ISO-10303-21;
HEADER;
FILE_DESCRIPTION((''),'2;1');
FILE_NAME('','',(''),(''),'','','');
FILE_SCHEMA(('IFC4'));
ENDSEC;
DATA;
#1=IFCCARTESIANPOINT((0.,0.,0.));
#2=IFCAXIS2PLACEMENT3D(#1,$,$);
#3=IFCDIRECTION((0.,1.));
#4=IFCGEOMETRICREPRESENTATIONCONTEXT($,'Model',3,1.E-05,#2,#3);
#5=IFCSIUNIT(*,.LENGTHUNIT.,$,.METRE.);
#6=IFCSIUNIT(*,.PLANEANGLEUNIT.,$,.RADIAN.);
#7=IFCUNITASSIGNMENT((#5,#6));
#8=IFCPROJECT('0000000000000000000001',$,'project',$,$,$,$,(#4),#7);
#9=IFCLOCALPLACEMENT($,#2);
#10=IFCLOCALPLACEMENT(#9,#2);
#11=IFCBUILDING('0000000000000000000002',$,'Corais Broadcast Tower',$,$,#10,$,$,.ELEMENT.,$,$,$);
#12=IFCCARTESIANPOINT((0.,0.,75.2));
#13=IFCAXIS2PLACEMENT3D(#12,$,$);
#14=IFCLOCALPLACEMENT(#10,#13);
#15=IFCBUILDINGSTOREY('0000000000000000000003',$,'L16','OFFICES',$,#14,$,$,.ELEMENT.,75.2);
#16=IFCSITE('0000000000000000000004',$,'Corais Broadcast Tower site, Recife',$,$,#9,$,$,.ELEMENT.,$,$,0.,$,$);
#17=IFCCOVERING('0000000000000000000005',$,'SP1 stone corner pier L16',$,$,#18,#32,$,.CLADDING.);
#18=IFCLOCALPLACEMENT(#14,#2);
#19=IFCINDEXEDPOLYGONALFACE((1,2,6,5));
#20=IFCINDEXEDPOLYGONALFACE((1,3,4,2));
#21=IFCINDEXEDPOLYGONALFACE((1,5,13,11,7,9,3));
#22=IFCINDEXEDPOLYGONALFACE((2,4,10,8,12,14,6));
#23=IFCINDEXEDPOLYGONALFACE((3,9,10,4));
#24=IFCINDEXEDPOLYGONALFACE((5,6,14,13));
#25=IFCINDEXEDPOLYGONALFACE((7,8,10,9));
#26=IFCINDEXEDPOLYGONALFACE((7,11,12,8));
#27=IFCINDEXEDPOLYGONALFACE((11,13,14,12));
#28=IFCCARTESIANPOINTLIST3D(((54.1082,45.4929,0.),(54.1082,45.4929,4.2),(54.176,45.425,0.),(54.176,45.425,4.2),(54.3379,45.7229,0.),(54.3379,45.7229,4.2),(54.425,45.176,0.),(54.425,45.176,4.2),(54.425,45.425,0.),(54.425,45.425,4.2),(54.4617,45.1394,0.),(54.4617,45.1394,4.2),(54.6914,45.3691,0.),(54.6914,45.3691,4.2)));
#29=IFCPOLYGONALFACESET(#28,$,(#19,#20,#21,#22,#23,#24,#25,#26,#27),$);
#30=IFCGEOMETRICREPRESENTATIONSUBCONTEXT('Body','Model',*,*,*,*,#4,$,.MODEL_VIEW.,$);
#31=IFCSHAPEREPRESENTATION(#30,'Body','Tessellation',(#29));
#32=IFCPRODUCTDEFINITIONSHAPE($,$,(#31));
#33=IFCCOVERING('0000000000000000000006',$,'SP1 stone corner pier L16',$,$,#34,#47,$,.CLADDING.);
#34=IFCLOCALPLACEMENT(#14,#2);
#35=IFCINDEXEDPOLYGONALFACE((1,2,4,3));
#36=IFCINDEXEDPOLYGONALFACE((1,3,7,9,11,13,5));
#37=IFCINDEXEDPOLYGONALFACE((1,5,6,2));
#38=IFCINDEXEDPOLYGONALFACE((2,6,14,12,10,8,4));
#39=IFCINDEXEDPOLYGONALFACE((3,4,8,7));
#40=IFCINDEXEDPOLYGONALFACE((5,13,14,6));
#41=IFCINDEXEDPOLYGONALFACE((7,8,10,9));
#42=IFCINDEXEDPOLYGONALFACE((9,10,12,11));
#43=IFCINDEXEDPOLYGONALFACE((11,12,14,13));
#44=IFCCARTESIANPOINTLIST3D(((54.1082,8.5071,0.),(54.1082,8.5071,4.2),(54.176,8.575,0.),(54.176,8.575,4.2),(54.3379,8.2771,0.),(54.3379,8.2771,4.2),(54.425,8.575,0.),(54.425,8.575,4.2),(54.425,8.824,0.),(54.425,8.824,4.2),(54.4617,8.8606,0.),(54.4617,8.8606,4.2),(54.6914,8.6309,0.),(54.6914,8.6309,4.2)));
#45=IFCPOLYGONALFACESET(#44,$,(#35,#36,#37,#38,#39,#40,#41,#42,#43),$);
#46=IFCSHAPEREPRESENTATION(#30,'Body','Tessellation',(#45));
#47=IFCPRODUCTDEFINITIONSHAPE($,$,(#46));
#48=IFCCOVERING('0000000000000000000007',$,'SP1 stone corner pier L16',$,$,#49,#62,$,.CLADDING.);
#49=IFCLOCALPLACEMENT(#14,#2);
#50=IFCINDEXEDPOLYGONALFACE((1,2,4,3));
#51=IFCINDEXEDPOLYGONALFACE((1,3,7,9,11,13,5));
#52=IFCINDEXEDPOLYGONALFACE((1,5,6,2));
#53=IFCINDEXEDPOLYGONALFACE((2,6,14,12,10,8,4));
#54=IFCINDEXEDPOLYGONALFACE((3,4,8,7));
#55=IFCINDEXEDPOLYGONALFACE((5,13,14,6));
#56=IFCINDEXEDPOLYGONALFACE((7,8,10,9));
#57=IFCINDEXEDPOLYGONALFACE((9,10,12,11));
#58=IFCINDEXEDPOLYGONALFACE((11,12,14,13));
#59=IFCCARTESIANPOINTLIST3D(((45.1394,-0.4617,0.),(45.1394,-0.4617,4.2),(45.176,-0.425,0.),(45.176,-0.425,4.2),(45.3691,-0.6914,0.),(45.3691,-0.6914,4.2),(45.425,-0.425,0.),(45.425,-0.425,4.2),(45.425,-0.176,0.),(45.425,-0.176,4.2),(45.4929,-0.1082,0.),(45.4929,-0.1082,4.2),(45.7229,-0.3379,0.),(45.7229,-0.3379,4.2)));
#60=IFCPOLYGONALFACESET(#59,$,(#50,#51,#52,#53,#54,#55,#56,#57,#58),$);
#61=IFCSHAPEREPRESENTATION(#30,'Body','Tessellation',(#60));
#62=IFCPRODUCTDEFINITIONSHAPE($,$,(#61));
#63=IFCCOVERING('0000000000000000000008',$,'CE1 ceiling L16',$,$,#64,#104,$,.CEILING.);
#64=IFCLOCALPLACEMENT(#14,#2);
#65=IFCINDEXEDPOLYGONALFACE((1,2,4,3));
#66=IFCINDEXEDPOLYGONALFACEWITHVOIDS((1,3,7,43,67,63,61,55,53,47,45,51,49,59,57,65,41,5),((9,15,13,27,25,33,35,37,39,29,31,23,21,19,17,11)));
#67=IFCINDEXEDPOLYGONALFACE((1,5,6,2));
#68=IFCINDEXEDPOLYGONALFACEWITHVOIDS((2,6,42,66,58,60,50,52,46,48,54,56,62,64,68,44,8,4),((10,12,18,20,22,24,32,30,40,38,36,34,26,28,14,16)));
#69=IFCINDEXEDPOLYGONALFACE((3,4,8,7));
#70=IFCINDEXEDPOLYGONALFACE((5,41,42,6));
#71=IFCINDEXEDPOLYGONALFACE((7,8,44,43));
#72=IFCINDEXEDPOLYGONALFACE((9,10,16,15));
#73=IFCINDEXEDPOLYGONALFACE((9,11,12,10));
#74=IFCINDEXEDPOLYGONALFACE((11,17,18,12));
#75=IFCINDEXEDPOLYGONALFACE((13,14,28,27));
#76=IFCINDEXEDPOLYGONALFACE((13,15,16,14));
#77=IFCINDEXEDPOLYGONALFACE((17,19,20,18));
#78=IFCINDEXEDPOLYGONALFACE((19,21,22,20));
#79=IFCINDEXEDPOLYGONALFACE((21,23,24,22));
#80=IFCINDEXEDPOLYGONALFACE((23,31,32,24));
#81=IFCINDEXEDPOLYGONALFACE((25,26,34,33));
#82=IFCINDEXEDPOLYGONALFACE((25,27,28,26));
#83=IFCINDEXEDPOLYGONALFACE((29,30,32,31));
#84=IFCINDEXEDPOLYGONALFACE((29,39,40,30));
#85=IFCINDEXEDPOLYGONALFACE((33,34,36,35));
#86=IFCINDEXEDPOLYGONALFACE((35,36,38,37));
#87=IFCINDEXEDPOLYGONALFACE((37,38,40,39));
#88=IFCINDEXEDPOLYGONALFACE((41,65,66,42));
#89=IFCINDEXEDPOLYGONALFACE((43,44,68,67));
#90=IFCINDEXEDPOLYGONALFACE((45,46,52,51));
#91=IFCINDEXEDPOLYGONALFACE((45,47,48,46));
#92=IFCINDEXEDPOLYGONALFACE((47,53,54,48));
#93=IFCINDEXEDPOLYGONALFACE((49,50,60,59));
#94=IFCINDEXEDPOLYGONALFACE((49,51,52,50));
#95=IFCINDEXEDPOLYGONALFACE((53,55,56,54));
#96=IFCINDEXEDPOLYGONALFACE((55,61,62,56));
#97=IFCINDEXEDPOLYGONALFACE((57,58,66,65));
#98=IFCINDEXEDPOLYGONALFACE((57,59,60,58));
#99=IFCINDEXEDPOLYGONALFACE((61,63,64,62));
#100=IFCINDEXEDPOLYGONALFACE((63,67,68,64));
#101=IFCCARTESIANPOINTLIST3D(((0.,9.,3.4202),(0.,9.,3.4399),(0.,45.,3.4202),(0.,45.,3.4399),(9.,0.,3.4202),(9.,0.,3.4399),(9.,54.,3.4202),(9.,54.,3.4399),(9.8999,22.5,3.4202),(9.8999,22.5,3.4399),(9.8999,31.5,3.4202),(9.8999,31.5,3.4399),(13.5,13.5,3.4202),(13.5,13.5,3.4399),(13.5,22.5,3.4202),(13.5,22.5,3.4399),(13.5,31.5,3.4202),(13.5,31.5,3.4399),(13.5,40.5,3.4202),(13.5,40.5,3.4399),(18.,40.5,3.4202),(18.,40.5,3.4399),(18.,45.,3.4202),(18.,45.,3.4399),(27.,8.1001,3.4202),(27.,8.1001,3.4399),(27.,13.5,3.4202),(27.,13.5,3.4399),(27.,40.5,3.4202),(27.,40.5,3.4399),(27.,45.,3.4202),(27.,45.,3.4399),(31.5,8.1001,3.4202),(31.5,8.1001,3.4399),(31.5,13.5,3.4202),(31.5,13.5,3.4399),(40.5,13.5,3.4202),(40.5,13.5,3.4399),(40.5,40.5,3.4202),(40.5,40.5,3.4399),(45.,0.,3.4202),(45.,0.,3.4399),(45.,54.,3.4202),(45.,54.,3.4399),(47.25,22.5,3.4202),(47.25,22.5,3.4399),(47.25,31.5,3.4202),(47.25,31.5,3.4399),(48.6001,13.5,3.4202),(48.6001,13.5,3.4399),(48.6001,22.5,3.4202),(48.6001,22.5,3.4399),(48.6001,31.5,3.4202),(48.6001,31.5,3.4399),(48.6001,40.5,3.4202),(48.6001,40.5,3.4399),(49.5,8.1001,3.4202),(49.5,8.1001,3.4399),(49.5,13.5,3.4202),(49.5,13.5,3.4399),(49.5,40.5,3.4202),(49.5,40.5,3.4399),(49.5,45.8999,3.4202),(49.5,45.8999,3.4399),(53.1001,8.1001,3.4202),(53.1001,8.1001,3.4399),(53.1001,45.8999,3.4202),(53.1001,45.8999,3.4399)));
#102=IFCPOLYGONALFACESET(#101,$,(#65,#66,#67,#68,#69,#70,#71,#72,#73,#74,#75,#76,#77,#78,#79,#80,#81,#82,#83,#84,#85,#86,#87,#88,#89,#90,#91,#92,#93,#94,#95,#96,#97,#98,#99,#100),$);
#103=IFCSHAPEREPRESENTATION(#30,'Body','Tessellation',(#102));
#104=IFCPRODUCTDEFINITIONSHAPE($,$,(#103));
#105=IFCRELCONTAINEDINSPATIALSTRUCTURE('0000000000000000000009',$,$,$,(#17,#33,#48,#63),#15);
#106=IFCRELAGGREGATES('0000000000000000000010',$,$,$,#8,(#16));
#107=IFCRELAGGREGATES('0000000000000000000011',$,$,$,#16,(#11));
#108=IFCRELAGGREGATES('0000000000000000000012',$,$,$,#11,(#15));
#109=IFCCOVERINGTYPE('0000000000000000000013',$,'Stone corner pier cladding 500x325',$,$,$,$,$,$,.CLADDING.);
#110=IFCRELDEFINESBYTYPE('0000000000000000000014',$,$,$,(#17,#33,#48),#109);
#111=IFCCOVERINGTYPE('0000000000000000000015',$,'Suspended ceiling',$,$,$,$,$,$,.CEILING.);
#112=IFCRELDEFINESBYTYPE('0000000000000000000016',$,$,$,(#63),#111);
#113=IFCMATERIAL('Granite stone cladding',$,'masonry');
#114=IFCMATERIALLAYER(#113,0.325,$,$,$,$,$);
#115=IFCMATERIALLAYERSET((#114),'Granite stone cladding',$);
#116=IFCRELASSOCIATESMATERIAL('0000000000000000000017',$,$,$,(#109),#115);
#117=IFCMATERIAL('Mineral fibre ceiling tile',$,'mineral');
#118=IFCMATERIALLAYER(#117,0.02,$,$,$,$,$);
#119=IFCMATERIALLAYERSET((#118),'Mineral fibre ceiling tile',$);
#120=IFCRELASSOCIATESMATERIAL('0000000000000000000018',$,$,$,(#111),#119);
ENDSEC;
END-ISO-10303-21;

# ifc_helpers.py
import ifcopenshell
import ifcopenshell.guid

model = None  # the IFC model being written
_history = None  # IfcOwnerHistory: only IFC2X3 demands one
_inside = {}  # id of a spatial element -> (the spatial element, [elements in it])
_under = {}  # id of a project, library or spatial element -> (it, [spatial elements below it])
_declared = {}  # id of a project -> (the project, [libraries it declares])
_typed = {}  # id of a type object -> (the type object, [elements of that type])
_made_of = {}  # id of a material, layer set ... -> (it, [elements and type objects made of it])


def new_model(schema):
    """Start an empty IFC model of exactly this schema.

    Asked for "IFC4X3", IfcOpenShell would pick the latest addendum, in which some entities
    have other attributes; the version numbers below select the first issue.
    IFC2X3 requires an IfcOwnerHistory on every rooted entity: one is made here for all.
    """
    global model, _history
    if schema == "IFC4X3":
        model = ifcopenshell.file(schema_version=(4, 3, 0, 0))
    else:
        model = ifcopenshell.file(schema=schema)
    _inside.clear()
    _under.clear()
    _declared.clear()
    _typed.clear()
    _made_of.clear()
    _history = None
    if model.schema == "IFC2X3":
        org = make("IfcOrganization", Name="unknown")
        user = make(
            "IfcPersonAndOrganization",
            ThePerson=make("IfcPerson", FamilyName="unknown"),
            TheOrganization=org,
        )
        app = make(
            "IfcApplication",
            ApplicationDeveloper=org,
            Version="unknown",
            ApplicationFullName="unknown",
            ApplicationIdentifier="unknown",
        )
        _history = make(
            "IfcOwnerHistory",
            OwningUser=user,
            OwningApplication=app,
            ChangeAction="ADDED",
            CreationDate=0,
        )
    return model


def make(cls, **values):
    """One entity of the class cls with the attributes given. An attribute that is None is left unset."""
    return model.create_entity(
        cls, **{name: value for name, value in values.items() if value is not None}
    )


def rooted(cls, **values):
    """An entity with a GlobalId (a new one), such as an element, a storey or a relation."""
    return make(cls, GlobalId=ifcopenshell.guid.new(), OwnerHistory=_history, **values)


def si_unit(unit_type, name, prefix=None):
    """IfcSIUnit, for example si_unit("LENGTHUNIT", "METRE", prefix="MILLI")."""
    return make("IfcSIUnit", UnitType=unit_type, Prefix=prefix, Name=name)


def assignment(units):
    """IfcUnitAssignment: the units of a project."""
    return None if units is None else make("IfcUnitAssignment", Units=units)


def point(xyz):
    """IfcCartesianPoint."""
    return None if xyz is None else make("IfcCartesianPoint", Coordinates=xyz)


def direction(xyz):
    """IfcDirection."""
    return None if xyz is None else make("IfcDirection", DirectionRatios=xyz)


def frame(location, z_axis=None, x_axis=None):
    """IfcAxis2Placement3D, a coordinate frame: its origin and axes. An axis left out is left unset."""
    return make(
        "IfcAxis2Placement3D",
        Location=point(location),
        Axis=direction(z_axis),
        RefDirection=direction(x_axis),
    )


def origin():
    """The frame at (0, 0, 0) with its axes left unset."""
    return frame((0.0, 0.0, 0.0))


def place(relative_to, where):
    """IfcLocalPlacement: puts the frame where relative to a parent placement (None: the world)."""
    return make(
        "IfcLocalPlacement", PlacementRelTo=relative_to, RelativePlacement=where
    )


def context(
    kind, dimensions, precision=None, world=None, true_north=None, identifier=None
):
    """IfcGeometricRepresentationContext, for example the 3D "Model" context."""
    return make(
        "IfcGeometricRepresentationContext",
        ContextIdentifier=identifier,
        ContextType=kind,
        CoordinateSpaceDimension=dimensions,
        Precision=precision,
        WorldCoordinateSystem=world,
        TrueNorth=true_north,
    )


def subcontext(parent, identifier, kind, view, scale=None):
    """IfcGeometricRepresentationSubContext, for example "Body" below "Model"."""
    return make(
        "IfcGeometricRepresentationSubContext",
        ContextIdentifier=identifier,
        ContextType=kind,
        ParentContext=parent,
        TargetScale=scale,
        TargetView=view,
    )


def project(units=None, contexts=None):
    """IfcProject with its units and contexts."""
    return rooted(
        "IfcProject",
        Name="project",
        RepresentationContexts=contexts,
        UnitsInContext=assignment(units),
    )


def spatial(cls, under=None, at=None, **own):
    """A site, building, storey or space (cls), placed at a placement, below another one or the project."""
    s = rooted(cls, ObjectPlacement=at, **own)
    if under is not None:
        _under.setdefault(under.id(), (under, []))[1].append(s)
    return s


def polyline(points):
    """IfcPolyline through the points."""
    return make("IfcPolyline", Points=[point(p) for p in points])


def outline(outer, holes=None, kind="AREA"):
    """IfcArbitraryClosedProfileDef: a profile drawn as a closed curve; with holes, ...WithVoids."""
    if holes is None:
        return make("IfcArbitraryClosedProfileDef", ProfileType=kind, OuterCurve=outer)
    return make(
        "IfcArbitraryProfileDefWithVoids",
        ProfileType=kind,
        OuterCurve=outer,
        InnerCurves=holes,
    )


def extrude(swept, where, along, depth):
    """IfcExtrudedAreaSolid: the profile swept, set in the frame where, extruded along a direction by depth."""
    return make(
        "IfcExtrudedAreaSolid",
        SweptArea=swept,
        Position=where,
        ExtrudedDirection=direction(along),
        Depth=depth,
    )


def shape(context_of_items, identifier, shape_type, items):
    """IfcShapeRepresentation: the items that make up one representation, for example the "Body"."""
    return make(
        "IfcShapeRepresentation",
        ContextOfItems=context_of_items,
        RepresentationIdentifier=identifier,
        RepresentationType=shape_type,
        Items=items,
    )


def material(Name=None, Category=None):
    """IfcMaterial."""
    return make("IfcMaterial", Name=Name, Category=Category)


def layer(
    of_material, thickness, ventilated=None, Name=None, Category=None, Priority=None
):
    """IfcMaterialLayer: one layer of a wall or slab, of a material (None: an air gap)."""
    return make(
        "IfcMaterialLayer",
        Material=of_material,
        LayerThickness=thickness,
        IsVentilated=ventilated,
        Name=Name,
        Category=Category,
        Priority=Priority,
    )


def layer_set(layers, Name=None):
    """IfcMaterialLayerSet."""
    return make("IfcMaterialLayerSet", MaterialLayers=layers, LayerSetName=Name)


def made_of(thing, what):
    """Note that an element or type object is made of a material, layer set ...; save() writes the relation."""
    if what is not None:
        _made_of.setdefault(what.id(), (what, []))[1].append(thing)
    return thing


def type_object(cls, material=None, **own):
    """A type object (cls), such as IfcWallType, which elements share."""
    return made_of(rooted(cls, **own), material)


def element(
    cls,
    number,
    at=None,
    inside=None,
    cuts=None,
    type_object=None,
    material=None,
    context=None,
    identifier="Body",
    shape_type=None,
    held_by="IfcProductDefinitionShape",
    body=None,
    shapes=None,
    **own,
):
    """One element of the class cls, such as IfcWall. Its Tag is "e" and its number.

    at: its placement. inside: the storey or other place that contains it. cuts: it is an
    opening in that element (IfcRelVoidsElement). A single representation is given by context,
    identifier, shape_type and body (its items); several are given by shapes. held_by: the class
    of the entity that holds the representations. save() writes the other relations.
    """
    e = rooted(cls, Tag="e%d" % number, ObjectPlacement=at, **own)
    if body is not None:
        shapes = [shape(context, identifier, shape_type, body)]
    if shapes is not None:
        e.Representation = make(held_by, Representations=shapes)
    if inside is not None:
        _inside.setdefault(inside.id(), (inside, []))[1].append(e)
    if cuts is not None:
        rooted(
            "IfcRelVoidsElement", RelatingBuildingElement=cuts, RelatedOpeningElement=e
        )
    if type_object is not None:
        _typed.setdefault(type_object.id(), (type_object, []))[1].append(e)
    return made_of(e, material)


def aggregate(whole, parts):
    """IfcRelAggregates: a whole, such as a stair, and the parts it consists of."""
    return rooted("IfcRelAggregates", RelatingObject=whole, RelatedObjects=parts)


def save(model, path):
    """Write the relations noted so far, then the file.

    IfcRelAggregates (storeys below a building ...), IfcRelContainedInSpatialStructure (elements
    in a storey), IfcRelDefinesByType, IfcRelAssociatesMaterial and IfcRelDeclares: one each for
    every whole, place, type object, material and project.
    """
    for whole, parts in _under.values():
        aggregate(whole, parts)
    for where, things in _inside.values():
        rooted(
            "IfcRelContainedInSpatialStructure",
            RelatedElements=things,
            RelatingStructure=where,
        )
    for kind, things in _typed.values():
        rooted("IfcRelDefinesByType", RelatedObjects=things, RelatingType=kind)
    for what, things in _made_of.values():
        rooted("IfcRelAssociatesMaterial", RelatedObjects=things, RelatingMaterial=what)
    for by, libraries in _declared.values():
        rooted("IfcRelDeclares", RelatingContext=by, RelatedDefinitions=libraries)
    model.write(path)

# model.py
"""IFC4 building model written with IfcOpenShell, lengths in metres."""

from ifc_helpers import new_model, si_unit, direction, frame, origin, place, context, subcontext, project, spatial, polyline, outline, extrude, material, layer, layer_set, type_object, element, save


model = new_model("IFC4")

# Units and contexts
model_context = context("Model", 3, precision=1e-05, world=origin(), true_north=direction((0.0, 1.0)))
body_context = subcontext(model_context, "Body", "Model", "MODEL_VIEW")
ifc_project = project(units=[si_unit("LENGTHUNIT", "METRE"), si_unit("PLANEANGLEUNIT", "RADIAN")], contexts=[model_context])

# Site, building, storey
site_placement = place(None, origin())
site = spatial("IfcSite", under=ifc_project, at=site_placement, Name="Corais Broadcast Tower site, Recife", CompositionType="ELEMENT", RefElevation=0.0)
building_placement = place(site_placement, origin())
building = spatial("IfcBuilding", under=site, at=building_placement, Name="Corais Broadcast Tower", CompositionType="ELEMENT")
storey_placement = place(building_placement, frame((0.0, 0.0, 75.2)))
storey = spatial("IfcBuildingStorey", under=building, at=storey_placement, Name="L16", Description="OFFICES", CompositionType="ELEMENT", Elevation=75.2)

# Coverings
ifc_material_1 = material(Name="Granite stone cladding", Category="masonry")
ifc_layer_1 = layer(ifc_material_1, 0.325)
ifc_layer_set_1 = layer_set([ifc_layer_1], Name="Granite stone cladding")
covering_type_1 = type_object("IfcCoveringType", Name="Stone corner pier cladding 500x325", PredefinedType="CLADDING", material=ifc_layer_set_1)
covering_1_placement = place(storey_placement, origin())
element("IfcCovering", 1, at=covering_1_placement, inside=storey, type_object=covering_type_1, Name="SP1 stone corner pier L16", PredefinedType="CLADDING", context=body_context, shape_type="SweptSolid", body=[
    extrude(outline(polyline([(54.425, 45.176), (54.4617, 45.1394), (54.6914, 45.3691), (54.3379, 45.7229), (54.1082, 45.4929), (54.176, 45.425), (54.425, 45.425), (54.425, 45.176)])), origin(), (0.0, 0.0, 1.0), 4.2),
])
covering_2_placement = place(storey_placement, origin())
element("IfcCovering", 2, at=covering_2_placement, inside=storey, type_object=covering_type_1, Name="SP1 stone corner pier L16", PredefinedType="CLADDING", context=body_context, shape_type="SweptSolid", body=[
    extrude(outline(polyline([(54.4617, 8.8606), (54.425, 8.824), (54.425, 8.575), (54.176, 8.575), (54.1082, 8.5071), (54.3379, 8.2771), (54.6914, 8.6309), (54.4617, 8.8606)])), origin(), (0.0, 0.0, 1.0), 4.2),
])
covering_3_placement = place(storey_placement, origin())
element("IfcCovering", 3, at=covering_3_placement, inside=storey, type_object=covering_type_1, Name="SP1 stone corner pier L16", PredefinedType="CLADDING", context=body_context, shape_type="SweptSolid", body=[
    extrude(outline(polyline([(45.176, -0.425), (45.1394, -0.4617), (45.3691, -0.6914), (45.7229, -0.3379), (45.4929, -0.1082), (45.425, -0.176), (45.425, -0.425), (45.176, -0.425)])), origin(), (0.0, 0.0, 1.0), 4.2),
])
ifc_material_2 = material(Name="Mineral fibre ceiling tile", Category="mineral")
ifc_layer_2 = layer(ifc_material_2, 0.02)
ifc_layer_set_2 = layer_set([ifc_layer_2], Name="Mineral fibre ceiling tile")
covering_type_2 = type_object("IfcCoveringType", Name="Suspended ceiling", PredefinedType="CEILING", material=ifc_layer_set_2)
covering_4_placement = place(storey_placement, frame((0.0, 0.0, 3.4202)))
element("IfcCovering", 4, at=covering_4_placement, inside=storey, type_object=covering_type_2, Name="CE1 ceiling L16", PredefinedType="CEILING", context=body_context, shape_type="SweptSolid", body=[
    extrude(outline(polyline([(48.6001, 22.5), (48.6001, 13.5), (49.5, 13.5), (49.5, 8.1001), (53.1001, 8.1001), (45.0, 0.0), (9.0, 0.0), (0.0, 9.0), (0.0, 45.0), (9.0, 54.0), (45.0, 54.0), (53.1001, 45.8999), (49.5, 45.8999), (49.5, 40.5), (48.6001, 40.5), (48.6001, 31.5), (47.25, 31.5), (47.25, 22.5), (48.6001, 22.5)]), holes=[polyline([(27.0, 13.5), (27.0, 8.1001), (31.5, 8.1001), (31.5, 13.5), (40.5, 13.5), (40.5, 40.5), (27.0, 40.5), (27.0, 45.0), (18.0, 45.0), (18.0, 40.5), (13.5, 40.5), (13.5, 31.5), (9.8999, 31.5), (9.8999, 22.5), (13.5, 22.5), (13.5, 13.5), (27.0, 13.5)])]), origin(), (0.0, 0.0, 1.0), 0.0198),
])

save(model, "model.ifc")
